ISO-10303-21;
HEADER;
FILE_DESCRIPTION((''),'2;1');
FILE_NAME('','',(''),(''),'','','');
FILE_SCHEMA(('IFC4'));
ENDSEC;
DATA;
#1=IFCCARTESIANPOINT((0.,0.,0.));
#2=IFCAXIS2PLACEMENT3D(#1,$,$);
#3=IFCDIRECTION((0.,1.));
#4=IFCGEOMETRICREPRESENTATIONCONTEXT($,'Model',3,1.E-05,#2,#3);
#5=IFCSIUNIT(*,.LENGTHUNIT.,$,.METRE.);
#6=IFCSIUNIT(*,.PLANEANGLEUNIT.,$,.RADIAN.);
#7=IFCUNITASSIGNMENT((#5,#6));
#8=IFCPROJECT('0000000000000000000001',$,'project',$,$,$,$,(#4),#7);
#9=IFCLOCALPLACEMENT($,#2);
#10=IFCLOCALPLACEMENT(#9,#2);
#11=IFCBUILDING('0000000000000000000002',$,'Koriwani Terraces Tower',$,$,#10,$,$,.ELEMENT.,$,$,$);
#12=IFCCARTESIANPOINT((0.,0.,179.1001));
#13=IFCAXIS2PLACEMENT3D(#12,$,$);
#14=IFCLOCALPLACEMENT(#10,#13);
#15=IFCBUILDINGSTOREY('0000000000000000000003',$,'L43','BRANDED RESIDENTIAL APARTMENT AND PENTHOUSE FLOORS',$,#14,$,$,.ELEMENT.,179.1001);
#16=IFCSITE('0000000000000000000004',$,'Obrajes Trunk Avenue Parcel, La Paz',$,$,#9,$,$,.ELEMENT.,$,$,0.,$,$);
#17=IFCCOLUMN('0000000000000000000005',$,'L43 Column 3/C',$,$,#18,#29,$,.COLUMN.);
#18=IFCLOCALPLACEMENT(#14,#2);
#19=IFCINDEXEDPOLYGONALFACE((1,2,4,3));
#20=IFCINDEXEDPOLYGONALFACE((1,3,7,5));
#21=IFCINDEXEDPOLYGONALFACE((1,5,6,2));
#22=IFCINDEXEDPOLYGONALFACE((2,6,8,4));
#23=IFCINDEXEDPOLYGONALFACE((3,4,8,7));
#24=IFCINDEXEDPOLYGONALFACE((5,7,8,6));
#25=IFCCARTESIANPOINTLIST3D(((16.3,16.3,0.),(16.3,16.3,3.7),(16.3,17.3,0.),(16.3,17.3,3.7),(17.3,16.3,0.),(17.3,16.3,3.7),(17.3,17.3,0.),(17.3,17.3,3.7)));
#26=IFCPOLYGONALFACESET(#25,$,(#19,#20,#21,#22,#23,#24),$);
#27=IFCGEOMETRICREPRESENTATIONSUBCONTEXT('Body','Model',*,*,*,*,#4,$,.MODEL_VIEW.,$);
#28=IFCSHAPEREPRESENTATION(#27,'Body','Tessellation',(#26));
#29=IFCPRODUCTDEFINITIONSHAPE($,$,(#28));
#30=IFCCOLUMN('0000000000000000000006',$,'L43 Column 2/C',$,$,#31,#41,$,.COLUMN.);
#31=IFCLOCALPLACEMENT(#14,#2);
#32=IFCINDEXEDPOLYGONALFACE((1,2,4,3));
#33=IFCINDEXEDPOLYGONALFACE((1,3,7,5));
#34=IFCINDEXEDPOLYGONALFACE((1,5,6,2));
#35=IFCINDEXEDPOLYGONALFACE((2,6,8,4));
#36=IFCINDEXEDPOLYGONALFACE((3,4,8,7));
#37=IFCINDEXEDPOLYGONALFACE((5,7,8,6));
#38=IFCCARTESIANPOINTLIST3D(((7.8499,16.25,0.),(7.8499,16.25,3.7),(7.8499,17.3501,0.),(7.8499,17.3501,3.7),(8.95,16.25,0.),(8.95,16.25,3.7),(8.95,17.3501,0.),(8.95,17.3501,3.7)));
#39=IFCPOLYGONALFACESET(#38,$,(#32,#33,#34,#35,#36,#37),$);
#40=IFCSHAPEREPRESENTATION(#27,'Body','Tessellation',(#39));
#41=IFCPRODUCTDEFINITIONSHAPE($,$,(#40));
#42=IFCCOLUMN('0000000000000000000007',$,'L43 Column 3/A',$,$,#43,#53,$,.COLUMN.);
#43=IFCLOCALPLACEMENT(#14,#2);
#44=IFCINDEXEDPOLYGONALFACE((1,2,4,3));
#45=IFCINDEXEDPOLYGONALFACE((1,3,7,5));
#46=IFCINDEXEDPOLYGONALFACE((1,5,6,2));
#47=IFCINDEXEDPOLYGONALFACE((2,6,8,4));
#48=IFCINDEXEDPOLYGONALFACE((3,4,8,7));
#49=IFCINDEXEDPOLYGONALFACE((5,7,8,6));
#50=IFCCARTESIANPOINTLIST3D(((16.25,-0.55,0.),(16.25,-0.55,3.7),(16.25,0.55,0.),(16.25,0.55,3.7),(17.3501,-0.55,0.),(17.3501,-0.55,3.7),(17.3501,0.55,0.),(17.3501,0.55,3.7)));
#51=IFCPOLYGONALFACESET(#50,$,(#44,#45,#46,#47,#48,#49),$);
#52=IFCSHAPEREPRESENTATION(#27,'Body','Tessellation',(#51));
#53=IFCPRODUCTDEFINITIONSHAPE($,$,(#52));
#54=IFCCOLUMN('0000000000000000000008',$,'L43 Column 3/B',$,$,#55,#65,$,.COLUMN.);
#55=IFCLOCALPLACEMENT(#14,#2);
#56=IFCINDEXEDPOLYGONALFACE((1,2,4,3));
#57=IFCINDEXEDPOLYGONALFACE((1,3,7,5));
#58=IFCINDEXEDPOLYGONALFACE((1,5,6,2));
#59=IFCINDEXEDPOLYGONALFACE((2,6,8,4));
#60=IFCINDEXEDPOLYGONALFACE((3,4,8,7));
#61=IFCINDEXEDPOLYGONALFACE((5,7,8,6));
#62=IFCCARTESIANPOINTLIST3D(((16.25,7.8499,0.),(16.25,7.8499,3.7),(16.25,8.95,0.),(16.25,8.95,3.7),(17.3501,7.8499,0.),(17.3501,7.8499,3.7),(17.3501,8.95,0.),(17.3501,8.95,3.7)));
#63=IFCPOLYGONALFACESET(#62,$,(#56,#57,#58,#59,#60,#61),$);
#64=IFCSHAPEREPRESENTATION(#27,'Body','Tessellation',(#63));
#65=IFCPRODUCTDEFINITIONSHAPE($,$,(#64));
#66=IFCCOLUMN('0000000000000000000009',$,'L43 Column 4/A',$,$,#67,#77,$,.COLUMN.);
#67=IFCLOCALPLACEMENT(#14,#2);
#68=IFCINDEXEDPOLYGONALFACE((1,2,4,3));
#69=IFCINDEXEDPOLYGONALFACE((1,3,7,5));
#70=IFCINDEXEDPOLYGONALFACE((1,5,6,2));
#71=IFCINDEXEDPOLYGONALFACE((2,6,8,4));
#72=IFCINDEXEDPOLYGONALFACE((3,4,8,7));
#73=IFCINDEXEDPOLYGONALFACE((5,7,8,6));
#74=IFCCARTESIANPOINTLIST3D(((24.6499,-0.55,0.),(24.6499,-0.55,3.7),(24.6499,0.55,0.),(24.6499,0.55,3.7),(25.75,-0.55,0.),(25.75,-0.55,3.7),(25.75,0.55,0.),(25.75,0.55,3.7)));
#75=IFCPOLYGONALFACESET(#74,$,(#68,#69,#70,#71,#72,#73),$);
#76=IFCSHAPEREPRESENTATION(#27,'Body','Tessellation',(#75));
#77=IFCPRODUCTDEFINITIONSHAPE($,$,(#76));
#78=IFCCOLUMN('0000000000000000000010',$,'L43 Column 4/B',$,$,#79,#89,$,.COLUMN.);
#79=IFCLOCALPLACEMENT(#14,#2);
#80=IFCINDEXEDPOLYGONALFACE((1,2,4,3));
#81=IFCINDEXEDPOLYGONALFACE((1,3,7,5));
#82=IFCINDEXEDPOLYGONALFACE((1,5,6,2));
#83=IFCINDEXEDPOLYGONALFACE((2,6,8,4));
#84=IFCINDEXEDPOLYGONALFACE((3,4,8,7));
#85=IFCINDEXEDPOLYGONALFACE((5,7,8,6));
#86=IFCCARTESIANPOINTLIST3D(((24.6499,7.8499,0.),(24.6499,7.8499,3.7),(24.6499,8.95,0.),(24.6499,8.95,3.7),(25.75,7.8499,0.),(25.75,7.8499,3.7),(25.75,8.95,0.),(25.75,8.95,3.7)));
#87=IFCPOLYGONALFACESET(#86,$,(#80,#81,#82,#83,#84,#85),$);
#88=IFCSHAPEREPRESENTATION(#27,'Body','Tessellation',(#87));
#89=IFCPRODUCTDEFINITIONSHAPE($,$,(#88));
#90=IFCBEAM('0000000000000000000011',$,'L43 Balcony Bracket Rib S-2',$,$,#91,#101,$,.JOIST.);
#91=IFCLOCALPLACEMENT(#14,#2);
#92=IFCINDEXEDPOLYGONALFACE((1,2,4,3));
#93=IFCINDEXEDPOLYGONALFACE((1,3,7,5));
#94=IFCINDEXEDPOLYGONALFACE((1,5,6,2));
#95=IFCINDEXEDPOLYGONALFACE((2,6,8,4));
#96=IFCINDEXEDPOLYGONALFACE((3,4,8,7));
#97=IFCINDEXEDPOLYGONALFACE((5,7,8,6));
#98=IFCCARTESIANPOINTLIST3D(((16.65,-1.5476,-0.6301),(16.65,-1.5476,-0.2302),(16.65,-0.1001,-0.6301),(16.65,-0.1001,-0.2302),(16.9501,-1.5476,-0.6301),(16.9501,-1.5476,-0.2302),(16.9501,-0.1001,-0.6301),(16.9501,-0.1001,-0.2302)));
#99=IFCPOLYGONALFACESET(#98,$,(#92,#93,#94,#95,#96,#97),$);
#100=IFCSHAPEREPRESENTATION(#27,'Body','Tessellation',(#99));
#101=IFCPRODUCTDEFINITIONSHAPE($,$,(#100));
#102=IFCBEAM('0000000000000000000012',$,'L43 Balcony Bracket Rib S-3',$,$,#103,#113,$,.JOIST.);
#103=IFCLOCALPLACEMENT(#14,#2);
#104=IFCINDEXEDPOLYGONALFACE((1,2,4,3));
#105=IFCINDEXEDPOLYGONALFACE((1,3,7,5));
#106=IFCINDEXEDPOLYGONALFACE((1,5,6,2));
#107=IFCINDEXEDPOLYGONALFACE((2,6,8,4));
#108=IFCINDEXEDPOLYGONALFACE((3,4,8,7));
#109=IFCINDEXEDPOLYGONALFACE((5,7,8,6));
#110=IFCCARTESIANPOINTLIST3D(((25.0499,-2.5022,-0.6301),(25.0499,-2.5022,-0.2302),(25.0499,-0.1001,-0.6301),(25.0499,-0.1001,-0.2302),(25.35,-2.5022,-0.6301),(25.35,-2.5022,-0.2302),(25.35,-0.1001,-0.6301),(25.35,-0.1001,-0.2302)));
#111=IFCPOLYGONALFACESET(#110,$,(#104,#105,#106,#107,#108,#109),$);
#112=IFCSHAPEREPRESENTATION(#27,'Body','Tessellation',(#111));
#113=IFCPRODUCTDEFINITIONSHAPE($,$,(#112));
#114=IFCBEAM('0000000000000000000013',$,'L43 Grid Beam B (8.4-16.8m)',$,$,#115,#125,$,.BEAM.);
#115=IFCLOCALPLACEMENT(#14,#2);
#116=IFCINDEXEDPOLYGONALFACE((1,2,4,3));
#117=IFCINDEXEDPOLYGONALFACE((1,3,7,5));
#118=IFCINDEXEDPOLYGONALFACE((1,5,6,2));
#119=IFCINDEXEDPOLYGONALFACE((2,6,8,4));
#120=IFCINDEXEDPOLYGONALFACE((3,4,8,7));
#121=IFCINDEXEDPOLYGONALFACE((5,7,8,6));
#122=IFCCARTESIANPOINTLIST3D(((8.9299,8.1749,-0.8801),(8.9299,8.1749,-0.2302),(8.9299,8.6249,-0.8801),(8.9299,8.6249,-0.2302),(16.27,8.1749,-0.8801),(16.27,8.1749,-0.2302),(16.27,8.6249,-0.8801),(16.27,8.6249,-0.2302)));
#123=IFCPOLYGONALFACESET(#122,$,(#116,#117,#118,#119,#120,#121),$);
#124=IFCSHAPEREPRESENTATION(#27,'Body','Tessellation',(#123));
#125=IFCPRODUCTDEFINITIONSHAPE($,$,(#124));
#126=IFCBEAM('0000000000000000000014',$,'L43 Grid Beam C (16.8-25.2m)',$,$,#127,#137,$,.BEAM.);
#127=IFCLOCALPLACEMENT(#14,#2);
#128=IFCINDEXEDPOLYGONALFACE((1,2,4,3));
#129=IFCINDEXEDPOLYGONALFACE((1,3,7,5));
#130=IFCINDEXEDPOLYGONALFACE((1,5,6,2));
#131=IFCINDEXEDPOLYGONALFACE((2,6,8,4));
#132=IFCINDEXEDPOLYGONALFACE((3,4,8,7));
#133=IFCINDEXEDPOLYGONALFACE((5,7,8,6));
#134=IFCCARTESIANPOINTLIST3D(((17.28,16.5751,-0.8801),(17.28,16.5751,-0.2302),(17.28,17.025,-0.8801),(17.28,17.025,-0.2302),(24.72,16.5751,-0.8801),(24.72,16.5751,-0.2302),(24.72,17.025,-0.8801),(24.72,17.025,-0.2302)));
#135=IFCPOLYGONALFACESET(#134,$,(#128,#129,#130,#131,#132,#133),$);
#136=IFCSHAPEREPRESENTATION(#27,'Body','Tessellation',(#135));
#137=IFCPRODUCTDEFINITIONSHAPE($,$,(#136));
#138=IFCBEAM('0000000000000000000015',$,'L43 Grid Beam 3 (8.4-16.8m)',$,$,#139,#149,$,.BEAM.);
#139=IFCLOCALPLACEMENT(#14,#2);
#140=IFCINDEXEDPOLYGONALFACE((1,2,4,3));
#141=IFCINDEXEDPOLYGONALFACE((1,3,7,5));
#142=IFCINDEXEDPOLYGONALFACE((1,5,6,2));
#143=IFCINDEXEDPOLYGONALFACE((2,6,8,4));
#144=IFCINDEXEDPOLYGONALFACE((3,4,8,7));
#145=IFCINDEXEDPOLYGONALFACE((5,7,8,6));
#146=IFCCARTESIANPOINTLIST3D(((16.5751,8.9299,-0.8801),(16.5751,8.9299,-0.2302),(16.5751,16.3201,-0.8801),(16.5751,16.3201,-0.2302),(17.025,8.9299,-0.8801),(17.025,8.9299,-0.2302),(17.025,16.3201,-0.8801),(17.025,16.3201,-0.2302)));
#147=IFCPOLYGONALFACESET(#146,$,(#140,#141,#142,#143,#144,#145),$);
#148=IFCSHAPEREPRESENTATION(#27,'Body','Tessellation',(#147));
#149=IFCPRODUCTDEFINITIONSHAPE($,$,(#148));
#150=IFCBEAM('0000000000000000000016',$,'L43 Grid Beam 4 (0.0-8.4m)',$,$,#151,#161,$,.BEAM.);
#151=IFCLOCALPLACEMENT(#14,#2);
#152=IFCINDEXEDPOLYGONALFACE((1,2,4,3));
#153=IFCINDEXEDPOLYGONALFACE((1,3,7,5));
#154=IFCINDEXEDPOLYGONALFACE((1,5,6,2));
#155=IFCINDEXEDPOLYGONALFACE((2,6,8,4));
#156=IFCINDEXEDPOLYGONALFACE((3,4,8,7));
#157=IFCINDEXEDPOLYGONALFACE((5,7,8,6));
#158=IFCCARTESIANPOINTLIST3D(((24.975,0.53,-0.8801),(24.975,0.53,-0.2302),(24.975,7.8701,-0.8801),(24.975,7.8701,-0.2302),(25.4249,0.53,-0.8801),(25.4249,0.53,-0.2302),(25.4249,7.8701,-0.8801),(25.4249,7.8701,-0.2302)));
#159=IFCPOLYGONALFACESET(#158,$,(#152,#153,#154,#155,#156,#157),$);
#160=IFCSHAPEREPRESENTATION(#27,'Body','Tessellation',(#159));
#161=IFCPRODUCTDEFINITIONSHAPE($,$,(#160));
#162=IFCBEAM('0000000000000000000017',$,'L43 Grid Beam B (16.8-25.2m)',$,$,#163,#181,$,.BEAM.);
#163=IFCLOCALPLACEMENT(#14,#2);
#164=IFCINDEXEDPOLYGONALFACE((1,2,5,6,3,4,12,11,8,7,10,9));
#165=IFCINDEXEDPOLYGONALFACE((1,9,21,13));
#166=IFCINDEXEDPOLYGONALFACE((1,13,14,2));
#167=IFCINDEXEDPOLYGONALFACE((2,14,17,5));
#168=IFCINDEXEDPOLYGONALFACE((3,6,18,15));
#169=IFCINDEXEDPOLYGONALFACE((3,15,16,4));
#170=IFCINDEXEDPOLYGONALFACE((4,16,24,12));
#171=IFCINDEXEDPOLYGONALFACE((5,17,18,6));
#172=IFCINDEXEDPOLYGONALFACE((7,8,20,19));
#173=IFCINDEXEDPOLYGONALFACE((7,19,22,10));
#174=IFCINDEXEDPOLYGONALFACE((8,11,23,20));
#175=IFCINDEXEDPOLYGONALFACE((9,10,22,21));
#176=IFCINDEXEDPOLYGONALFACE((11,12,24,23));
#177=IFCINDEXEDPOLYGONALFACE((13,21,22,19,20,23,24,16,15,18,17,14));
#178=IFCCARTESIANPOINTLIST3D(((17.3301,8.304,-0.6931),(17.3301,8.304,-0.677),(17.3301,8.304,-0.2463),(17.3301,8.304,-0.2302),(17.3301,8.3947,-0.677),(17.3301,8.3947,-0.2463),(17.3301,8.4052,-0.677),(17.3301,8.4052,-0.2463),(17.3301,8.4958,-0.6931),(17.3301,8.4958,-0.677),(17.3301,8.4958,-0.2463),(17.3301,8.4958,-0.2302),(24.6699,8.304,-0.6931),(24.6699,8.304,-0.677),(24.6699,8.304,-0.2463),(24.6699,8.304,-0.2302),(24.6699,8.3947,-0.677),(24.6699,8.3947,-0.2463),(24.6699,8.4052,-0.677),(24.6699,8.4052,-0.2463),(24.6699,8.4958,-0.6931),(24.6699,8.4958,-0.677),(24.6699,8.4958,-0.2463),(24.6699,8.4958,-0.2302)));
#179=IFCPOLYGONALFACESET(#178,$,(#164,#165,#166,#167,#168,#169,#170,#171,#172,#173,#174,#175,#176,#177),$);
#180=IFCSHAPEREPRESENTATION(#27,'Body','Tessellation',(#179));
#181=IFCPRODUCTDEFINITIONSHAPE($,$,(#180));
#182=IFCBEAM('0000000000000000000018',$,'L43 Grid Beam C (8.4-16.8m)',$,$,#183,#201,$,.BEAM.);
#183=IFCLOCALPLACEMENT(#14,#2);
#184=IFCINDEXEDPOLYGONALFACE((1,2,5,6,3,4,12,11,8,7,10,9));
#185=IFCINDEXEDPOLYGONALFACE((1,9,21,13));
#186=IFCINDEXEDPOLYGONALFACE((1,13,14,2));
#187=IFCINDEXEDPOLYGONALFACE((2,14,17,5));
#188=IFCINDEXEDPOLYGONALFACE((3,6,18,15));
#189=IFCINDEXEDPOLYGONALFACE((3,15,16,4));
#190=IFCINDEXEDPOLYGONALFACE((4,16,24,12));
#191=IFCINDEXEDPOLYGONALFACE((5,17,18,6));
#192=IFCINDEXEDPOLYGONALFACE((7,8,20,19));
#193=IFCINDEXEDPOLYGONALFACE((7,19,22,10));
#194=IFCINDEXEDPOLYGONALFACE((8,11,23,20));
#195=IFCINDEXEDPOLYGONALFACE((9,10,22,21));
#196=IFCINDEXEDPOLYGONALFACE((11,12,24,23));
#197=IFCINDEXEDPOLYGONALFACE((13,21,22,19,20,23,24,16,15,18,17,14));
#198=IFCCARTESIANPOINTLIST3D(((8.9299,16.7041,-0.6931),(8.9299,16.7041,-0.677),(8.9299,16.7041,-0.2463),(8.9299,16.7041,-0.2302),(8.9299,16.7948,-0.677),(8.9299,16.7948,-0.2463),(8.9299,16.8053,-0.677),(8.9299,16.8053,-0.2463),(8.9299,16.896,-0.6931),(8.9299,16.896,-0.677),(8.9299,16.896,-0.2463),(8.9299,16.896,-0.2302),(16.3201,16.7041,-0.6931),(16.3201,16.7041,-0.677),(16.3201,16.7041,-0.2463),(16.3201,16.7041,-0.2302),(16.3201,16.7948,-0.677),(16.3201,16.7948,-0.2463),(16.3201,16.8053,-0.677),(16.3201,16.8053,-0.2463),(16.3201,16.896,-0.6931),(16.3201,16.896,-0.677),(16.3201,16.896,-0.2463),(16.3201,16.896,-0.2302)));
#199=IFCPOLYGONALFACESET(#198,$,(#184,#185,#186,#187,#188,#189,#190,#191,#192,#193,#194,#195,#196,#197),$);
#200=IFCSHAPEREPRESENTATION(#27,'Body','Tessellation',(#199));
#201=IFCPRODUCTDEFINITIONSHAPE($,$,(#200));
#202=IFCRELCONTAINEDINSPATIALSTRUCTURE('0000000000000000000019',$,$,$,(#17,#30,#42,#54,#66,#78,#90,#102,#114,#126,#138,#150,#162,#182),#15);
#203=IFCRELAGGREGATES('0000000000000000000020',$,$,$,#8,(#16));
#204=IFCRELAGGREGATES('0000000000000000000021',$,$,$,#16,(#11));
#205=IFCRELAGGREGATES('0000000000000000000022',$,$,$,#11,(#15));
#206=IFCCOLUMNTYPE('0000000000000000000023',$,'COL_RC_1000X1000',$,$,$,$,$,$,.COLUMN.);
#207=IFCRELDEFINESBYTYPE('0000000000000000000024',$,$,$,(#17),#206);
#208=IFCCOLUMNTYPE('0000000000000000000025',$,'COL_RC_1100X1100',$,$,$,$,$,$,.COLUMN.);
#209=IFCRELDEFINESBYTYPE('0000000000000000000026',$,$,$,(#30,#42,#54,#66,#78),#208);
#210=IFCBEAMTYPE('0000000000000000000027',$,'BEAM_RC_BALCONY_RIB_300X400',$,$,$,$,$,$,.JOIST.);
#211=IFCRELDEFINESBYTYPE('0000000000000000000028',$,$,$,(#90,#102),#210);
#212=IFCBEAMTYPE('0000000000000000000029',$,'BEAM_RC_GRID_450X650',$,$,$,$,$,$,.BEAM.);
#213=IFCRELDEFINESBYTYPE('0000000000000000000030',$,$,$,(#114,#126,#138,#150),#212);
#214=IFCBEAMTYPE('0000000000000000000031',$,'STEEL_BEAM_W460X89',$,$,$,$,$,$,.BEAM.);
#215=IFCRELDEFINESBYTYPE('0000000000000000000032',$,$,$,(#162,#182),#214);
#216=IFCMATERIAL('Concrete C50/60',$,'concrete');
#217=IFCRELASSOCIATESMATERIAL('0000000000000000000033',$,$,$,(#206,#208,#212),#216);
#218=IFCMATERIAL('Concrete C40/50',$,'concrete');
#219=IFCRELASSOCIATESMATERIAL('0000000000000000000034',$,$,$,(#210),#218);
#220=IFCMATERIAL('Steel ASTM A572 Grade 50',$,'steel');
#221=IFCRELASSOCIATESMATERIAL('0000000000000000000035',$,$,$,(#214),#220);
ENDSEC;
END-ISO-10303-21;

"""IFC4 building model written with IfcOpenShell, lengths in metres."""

from ifc_helpers import new_model, si_unit, direction, frame, origin, origin_2d, place, context, subcontext, project, spatial, rectangle, i_section, extrude, material, material_profile, profile_set, type_object, element, save


model = new_model("IFC4")

# Units and contexts
model_context = context("Model", 3, precision=1e-05, world=origin(), true_north=direction((0.0, 1.0)))
body_context = subcontext(model_context, "Body", "Model", "MODEL_VIEW")
ifc_project = project(units=[si_unit("LENGTHUNIT", "METRE"), si_unit("PLANEANGLEUNIT", "RADIAN")], contexts=[model_context])

# Site, building, storey
site_placement = place(None, origin())
site = spatial("IfcSite", under=ifc_project, at=site_placement, Name="Obrajes Trunk Avenue Parcel, La Paz", CompositionType="ELEMENT", RefElevation=0.0)
building_placement = place(site_placement, origin())
building = spatial("IfcBuilding", under=site, at=building_placement, Name="Koriwani Terraces Tower", CompositionType="ELEMENT")
storey_placement = place(building_placement, frame((0.0, 0.0, 179.1001)))
storey = spatial("IfcBuildingStorey", under=building, at=storey_placement, Name="L43", Description="BRANDED RESIDENTIAL APARTMENT AND PENTHOUSE FLOORS", CompositionType="ELEMENT", Elevation=179.1001)

# Columns
ifc_material_1 = material(Name="Concrete C50/60", Category="concrete")
ifc_material_profile_1 = material_profile(ifc_material_1, rectangle(XDim=1.0, YDim=1.0, at=origin_2d()), Name="Concrete C50/60", Category="LoadBearing")
ifc_profile_set_1 = profile_set([ifc_material_profile_1], Name="Concrete C50/60")
column_type_1 = type_object("IfcColumnType", Name="COL_RC_1000X1000", PredefinedType="COLUMN", material=ifc_profile_set_1)
column_placement = place(storey_placement, frame((16.8, 16.8, 0.0), z_axis=(0.0, 0.0, 1.0), x_axis=(1.0, 0.0, 0.0)))
element("IfcColumn", 1, at=column_placement, inside=storey, type_object=column_type_1, Name="L43 Column 3/C", PredefinedType="COLUMN", context=body_context, shape_type="SweptSolid", body=[
    extrude(rectangle(XDim=1.0, YDim=1.0, at=origin_2d()), origin(), (0.0, 0.0, 1.0), 3.7),
])
ifc_material_profile_2 = material_profile(ifc_material_1, rectangle(XDim=1.1001, YDim=1.1001, at=origin_2d()), Name="Concrete C50/60", Category="LoadBearing")
ifc_profile_set_2 = profile_set([ifc_material_profile_2], Name="Concrete C50/60")
column_type_2 = type_object("IfcColumnType", Name="COL_RC_1100X1100", PredefinedType="COLUMN", material=ifc_profile_set_2)
for number, where, z_axis, x_axis, name in (
    (2, (8.3999, 16.8, 0.0), (0.0, 0.0, 1.0), (1.0, 0.0, 0.0), "L43 Column 2/C"),
    (3, (16.8, 0.0, 0.0), (0.0, 0.0, 1.0), (1.0, 0.0, 0.0), "L43 Column 3/A"),
    (4, (16.8, 8.3999, 0.0), (0.0, 0.0, 1.0), (1.0, 0.0, 0.0), "L43 Column 3/B"),
    (5, (25.2, 0.0, 0.0), (0.0, 0.0, 1.0), (1.0, 0.0, 0.0), "L43 Column 4/A"),
    (6, (25.2, 8.3999, 0.0), (0.0, 0.0, 1.0), (1.0, 0.0, 0.0), "L43 Column 4/B"),
):
    element("IfcColumn", number, at=place(storey_placement, frame(where, z_axis=z_axis, x_axis=x_axis)), inside=storey, type_object=column_type_2, Name=name, PredefinedType="COLUMN", context=body_context, shape_type="SweptSolid", body=[
        extrude(rectangle(XDim=1.1001, YDim=1.1001, at=origin_2d()), origin(), (0.0, 0.0, 1.0), 3.7),
    ])

# Beams
ifc_material_2 = material(Name="Concrete C40/50", Category="concrete")
ifc_material_profile_3 = material_profile(ifc_material_2, rectangle(XDim=0.3, YDim=0.3999, at=origin_2d()), Name="Concrete C40/50", Category="LoadBearing")
ifc_profile_set_3 = profile_set([ifc_material_profile_3], Name="Concrete C40/50")
beam_type_1 = type_object("IfcBeamType", Name="BEAM_RC_BALCONY_RIB_300X400", PredefinedType="JOIST", material=ifc_profile_set_3)
beam_1_placement = place(storey_placement, frame((16.8, -1.5476, -0.4302), z_axis=(0.0, 1.0, 0.0), x_axis=(-1.0, 0.0, 0.0)))
element("IfcBeam", 7, at=beam_1_placement, inside=storey, type_object=beam_type_1, Name="L43 Balcony Bracket Rib S-2", PredefinedType="JOIST", context=body_context, shape_type="SweptSolid", body=[
    extrude(rectangle(XDim=0.3, YDim=0.3999, at=origin_2d()), origin(), (0.0, 0.0, 1.0), 1.4475),
])
beam_2_placement = place(storey_placement, frame((25.2, -2.5022, -0.4302), z_axis=(0.0, 1.0, 0.0), x_axis=(-1.0, 0.0, 0.0)))
element("IfcBeam", 8, at=beam_2_placement, inside=storey, type_object=beam_type_1, Name="L43 Balcony Bracket Rib S-3", PredefinedType="JOIST", context=body_context, shape_type="SweptSolid", body=[
    extrude(rectangle(XDim=0.3, YDim=0.3999, at=origin_2d()), origin(), (0.0, 0.0, 1.0), 2.4021),
])
ifc_material_profile_4 = material_profile(ifc_material_1, rectangle(XDim=0.45, YDim=0.6499, at=origin_2d()), Name="Concrete C50/60", Category="LoadBearing")
ifc_profile_set_4 = profile_set([ifc_material_profile_4], Name="Concrete C50/60")
beam_type_2 = type_object("IfcBeamType", Name="BEAM_RC_GRID_450X650", PredefinedType="BEAM", material=ifc_profile_set_4)
beam_3_placement = place(storey_placement, frame((8.9299, 8.3999, -0.5552), z_axis=(1.0, 0.0, 0.0), x_axis=(0.0, 1.0, 0.0)))
element("IfcBeam", 9, at=beam_3_placement, inside=storey, type_object=beam_type_2, Name="L43 Grid Beam B (8.4-16.8m)", PredefinedType="BEAM", context=body_context, shape_type="SweptSolid", body=[
    extrude(rectangle(XDim=0.45, YDim=0.6499, at=origin_2d()), origin(), (0.0, 0.0, 1.0), 7.3401),
])
beam_4_placement = place(storey_placement, frame((17.28, 16.8, -0.5552), z_axis=(1.0, 0.0, 0.0), x_axis=(0.0, 1.0, 0.0)))
element("IfcBeam", 10, at=beam_4_placement, inside=storey, type_object=beam_type_2, Name="L43 Grid Beam C (16.8-25.2m)", PredefinedType="BEAM", context=body_context, shape_type="SweptSolid", body=[
    extrude(rectangle(XDim=0.45, YDim=0.6499, at=origin_2d()), origin(), (0.0, 0.0, 1.0), 7.4399),
])
beam_5_placement = place(storey_placement, frame((16.8, 8.9299, -0.5552), z_axis=(0.0, 1.0, 0.0), x_axis=(-1.0, 0.0, 0.0)))
element("IfcBeam", 11, at=beam_5_placement, inside=storey, type_object=beam_type_2, Name="L43 Grid Beam 3 (8.4-16.8m)", PredefinedType="BEAM", context=body_context, shape_type="SweptSolid", body=[
    extrude(rectangle(XDim=0.45, YDim=0.6499, at=origin_2d()), origin(), (0.0, 0.0, 1.0), 7.3901),
])
beam_6_placement = place(storey_placement, frame((25.2, 0.53, -0.5552), z_axis=(0.0, 1.0, 0.0), x_axis=(-1.0, 0.0, 0.0)))
element("IfcBeam", 12, at=beam_6_placement, inside=storey, type_object=beam_type_2, Name="L43 Grid Beam 4 (0.0-8.4m)", PredefinedType="BEAM", context=body_context, shape_type="SweptSolid", body=[
    extrude(rectangle(XDim=0.45, YDim=0.6499, at=origin_2d()), origin(), (0.0, 0.0, 1.0), 7.3401),
])
ifc_material_3 = material(Name="Steel ASTM A572 Grade 50", Category="steel")
ifc_material_profile_5 = material_profile(ifc_material_3, i_section(OverallWidth=0.1919, OverallDepth=0.4629, WebThickness=0.0105, FlangeThickness=0.0161, at=origin_2d()), Name="Steel ASTM A572 Grade 50", Category="LoadBearing")
ifc_profile_set_5 = profile_set([ifc_material_profile_5], Name="Steel ASTM A572 Grade 50")
beam_type_3 = type_object("IfcBeamType", Name="STEEL_BEAM_W460X89", PredefinedType="BEAM", material=ifc_profile_set_5)
beam_7_placement = place(storey_placement, frame((17.3301, 8.3999, -0.4617), z_axis=(1.0, 0.0, 0.0), x_axis=(0.0, 1.0, 0.0)))
element("IfcBeam", 13, at=beam_7_placement, inside=storey, type_object=beam_type_3, Name="L43 Grid Beam B (16.8-25.2m)", PredefinedType="BEAM", context=body_context, shape_type="SweptSolid", body=[
    extrude(i_section(OverallWidth=0.1919, OverallDepth=0.4629, WebThickness=0.0105, FlangeThickness=0.0161, at=origin_2d()), origin(), (0.0, 0.0, 1.0), 7.3398),
])
beam_8_placement = place(storey_placement, frame((8.9299, 16.8, -0.4617), z_axis=(1.0, 0.0, 0.0), x_axis=(0.0, 1.0, 0.0)))
element("IfcBeam", 14, at=beam_8_placement, inside=storey, type_object=beam_type_3, Name="L43 Grid Beam C (8.4-16.8m)", PredefinedType="BEAM", context=body_context, shape_type="SweptSolid", body=[
    extrude(i_section(OverallWidth=0.1919, OverallDepth=0.4629, WebThickness=0.0105, FlangeThickness=0.0161, at=origin_2d()), origin(), (0.0, 0.0, 1.0), 7.3901),
])

save(model, "model.ifc")
